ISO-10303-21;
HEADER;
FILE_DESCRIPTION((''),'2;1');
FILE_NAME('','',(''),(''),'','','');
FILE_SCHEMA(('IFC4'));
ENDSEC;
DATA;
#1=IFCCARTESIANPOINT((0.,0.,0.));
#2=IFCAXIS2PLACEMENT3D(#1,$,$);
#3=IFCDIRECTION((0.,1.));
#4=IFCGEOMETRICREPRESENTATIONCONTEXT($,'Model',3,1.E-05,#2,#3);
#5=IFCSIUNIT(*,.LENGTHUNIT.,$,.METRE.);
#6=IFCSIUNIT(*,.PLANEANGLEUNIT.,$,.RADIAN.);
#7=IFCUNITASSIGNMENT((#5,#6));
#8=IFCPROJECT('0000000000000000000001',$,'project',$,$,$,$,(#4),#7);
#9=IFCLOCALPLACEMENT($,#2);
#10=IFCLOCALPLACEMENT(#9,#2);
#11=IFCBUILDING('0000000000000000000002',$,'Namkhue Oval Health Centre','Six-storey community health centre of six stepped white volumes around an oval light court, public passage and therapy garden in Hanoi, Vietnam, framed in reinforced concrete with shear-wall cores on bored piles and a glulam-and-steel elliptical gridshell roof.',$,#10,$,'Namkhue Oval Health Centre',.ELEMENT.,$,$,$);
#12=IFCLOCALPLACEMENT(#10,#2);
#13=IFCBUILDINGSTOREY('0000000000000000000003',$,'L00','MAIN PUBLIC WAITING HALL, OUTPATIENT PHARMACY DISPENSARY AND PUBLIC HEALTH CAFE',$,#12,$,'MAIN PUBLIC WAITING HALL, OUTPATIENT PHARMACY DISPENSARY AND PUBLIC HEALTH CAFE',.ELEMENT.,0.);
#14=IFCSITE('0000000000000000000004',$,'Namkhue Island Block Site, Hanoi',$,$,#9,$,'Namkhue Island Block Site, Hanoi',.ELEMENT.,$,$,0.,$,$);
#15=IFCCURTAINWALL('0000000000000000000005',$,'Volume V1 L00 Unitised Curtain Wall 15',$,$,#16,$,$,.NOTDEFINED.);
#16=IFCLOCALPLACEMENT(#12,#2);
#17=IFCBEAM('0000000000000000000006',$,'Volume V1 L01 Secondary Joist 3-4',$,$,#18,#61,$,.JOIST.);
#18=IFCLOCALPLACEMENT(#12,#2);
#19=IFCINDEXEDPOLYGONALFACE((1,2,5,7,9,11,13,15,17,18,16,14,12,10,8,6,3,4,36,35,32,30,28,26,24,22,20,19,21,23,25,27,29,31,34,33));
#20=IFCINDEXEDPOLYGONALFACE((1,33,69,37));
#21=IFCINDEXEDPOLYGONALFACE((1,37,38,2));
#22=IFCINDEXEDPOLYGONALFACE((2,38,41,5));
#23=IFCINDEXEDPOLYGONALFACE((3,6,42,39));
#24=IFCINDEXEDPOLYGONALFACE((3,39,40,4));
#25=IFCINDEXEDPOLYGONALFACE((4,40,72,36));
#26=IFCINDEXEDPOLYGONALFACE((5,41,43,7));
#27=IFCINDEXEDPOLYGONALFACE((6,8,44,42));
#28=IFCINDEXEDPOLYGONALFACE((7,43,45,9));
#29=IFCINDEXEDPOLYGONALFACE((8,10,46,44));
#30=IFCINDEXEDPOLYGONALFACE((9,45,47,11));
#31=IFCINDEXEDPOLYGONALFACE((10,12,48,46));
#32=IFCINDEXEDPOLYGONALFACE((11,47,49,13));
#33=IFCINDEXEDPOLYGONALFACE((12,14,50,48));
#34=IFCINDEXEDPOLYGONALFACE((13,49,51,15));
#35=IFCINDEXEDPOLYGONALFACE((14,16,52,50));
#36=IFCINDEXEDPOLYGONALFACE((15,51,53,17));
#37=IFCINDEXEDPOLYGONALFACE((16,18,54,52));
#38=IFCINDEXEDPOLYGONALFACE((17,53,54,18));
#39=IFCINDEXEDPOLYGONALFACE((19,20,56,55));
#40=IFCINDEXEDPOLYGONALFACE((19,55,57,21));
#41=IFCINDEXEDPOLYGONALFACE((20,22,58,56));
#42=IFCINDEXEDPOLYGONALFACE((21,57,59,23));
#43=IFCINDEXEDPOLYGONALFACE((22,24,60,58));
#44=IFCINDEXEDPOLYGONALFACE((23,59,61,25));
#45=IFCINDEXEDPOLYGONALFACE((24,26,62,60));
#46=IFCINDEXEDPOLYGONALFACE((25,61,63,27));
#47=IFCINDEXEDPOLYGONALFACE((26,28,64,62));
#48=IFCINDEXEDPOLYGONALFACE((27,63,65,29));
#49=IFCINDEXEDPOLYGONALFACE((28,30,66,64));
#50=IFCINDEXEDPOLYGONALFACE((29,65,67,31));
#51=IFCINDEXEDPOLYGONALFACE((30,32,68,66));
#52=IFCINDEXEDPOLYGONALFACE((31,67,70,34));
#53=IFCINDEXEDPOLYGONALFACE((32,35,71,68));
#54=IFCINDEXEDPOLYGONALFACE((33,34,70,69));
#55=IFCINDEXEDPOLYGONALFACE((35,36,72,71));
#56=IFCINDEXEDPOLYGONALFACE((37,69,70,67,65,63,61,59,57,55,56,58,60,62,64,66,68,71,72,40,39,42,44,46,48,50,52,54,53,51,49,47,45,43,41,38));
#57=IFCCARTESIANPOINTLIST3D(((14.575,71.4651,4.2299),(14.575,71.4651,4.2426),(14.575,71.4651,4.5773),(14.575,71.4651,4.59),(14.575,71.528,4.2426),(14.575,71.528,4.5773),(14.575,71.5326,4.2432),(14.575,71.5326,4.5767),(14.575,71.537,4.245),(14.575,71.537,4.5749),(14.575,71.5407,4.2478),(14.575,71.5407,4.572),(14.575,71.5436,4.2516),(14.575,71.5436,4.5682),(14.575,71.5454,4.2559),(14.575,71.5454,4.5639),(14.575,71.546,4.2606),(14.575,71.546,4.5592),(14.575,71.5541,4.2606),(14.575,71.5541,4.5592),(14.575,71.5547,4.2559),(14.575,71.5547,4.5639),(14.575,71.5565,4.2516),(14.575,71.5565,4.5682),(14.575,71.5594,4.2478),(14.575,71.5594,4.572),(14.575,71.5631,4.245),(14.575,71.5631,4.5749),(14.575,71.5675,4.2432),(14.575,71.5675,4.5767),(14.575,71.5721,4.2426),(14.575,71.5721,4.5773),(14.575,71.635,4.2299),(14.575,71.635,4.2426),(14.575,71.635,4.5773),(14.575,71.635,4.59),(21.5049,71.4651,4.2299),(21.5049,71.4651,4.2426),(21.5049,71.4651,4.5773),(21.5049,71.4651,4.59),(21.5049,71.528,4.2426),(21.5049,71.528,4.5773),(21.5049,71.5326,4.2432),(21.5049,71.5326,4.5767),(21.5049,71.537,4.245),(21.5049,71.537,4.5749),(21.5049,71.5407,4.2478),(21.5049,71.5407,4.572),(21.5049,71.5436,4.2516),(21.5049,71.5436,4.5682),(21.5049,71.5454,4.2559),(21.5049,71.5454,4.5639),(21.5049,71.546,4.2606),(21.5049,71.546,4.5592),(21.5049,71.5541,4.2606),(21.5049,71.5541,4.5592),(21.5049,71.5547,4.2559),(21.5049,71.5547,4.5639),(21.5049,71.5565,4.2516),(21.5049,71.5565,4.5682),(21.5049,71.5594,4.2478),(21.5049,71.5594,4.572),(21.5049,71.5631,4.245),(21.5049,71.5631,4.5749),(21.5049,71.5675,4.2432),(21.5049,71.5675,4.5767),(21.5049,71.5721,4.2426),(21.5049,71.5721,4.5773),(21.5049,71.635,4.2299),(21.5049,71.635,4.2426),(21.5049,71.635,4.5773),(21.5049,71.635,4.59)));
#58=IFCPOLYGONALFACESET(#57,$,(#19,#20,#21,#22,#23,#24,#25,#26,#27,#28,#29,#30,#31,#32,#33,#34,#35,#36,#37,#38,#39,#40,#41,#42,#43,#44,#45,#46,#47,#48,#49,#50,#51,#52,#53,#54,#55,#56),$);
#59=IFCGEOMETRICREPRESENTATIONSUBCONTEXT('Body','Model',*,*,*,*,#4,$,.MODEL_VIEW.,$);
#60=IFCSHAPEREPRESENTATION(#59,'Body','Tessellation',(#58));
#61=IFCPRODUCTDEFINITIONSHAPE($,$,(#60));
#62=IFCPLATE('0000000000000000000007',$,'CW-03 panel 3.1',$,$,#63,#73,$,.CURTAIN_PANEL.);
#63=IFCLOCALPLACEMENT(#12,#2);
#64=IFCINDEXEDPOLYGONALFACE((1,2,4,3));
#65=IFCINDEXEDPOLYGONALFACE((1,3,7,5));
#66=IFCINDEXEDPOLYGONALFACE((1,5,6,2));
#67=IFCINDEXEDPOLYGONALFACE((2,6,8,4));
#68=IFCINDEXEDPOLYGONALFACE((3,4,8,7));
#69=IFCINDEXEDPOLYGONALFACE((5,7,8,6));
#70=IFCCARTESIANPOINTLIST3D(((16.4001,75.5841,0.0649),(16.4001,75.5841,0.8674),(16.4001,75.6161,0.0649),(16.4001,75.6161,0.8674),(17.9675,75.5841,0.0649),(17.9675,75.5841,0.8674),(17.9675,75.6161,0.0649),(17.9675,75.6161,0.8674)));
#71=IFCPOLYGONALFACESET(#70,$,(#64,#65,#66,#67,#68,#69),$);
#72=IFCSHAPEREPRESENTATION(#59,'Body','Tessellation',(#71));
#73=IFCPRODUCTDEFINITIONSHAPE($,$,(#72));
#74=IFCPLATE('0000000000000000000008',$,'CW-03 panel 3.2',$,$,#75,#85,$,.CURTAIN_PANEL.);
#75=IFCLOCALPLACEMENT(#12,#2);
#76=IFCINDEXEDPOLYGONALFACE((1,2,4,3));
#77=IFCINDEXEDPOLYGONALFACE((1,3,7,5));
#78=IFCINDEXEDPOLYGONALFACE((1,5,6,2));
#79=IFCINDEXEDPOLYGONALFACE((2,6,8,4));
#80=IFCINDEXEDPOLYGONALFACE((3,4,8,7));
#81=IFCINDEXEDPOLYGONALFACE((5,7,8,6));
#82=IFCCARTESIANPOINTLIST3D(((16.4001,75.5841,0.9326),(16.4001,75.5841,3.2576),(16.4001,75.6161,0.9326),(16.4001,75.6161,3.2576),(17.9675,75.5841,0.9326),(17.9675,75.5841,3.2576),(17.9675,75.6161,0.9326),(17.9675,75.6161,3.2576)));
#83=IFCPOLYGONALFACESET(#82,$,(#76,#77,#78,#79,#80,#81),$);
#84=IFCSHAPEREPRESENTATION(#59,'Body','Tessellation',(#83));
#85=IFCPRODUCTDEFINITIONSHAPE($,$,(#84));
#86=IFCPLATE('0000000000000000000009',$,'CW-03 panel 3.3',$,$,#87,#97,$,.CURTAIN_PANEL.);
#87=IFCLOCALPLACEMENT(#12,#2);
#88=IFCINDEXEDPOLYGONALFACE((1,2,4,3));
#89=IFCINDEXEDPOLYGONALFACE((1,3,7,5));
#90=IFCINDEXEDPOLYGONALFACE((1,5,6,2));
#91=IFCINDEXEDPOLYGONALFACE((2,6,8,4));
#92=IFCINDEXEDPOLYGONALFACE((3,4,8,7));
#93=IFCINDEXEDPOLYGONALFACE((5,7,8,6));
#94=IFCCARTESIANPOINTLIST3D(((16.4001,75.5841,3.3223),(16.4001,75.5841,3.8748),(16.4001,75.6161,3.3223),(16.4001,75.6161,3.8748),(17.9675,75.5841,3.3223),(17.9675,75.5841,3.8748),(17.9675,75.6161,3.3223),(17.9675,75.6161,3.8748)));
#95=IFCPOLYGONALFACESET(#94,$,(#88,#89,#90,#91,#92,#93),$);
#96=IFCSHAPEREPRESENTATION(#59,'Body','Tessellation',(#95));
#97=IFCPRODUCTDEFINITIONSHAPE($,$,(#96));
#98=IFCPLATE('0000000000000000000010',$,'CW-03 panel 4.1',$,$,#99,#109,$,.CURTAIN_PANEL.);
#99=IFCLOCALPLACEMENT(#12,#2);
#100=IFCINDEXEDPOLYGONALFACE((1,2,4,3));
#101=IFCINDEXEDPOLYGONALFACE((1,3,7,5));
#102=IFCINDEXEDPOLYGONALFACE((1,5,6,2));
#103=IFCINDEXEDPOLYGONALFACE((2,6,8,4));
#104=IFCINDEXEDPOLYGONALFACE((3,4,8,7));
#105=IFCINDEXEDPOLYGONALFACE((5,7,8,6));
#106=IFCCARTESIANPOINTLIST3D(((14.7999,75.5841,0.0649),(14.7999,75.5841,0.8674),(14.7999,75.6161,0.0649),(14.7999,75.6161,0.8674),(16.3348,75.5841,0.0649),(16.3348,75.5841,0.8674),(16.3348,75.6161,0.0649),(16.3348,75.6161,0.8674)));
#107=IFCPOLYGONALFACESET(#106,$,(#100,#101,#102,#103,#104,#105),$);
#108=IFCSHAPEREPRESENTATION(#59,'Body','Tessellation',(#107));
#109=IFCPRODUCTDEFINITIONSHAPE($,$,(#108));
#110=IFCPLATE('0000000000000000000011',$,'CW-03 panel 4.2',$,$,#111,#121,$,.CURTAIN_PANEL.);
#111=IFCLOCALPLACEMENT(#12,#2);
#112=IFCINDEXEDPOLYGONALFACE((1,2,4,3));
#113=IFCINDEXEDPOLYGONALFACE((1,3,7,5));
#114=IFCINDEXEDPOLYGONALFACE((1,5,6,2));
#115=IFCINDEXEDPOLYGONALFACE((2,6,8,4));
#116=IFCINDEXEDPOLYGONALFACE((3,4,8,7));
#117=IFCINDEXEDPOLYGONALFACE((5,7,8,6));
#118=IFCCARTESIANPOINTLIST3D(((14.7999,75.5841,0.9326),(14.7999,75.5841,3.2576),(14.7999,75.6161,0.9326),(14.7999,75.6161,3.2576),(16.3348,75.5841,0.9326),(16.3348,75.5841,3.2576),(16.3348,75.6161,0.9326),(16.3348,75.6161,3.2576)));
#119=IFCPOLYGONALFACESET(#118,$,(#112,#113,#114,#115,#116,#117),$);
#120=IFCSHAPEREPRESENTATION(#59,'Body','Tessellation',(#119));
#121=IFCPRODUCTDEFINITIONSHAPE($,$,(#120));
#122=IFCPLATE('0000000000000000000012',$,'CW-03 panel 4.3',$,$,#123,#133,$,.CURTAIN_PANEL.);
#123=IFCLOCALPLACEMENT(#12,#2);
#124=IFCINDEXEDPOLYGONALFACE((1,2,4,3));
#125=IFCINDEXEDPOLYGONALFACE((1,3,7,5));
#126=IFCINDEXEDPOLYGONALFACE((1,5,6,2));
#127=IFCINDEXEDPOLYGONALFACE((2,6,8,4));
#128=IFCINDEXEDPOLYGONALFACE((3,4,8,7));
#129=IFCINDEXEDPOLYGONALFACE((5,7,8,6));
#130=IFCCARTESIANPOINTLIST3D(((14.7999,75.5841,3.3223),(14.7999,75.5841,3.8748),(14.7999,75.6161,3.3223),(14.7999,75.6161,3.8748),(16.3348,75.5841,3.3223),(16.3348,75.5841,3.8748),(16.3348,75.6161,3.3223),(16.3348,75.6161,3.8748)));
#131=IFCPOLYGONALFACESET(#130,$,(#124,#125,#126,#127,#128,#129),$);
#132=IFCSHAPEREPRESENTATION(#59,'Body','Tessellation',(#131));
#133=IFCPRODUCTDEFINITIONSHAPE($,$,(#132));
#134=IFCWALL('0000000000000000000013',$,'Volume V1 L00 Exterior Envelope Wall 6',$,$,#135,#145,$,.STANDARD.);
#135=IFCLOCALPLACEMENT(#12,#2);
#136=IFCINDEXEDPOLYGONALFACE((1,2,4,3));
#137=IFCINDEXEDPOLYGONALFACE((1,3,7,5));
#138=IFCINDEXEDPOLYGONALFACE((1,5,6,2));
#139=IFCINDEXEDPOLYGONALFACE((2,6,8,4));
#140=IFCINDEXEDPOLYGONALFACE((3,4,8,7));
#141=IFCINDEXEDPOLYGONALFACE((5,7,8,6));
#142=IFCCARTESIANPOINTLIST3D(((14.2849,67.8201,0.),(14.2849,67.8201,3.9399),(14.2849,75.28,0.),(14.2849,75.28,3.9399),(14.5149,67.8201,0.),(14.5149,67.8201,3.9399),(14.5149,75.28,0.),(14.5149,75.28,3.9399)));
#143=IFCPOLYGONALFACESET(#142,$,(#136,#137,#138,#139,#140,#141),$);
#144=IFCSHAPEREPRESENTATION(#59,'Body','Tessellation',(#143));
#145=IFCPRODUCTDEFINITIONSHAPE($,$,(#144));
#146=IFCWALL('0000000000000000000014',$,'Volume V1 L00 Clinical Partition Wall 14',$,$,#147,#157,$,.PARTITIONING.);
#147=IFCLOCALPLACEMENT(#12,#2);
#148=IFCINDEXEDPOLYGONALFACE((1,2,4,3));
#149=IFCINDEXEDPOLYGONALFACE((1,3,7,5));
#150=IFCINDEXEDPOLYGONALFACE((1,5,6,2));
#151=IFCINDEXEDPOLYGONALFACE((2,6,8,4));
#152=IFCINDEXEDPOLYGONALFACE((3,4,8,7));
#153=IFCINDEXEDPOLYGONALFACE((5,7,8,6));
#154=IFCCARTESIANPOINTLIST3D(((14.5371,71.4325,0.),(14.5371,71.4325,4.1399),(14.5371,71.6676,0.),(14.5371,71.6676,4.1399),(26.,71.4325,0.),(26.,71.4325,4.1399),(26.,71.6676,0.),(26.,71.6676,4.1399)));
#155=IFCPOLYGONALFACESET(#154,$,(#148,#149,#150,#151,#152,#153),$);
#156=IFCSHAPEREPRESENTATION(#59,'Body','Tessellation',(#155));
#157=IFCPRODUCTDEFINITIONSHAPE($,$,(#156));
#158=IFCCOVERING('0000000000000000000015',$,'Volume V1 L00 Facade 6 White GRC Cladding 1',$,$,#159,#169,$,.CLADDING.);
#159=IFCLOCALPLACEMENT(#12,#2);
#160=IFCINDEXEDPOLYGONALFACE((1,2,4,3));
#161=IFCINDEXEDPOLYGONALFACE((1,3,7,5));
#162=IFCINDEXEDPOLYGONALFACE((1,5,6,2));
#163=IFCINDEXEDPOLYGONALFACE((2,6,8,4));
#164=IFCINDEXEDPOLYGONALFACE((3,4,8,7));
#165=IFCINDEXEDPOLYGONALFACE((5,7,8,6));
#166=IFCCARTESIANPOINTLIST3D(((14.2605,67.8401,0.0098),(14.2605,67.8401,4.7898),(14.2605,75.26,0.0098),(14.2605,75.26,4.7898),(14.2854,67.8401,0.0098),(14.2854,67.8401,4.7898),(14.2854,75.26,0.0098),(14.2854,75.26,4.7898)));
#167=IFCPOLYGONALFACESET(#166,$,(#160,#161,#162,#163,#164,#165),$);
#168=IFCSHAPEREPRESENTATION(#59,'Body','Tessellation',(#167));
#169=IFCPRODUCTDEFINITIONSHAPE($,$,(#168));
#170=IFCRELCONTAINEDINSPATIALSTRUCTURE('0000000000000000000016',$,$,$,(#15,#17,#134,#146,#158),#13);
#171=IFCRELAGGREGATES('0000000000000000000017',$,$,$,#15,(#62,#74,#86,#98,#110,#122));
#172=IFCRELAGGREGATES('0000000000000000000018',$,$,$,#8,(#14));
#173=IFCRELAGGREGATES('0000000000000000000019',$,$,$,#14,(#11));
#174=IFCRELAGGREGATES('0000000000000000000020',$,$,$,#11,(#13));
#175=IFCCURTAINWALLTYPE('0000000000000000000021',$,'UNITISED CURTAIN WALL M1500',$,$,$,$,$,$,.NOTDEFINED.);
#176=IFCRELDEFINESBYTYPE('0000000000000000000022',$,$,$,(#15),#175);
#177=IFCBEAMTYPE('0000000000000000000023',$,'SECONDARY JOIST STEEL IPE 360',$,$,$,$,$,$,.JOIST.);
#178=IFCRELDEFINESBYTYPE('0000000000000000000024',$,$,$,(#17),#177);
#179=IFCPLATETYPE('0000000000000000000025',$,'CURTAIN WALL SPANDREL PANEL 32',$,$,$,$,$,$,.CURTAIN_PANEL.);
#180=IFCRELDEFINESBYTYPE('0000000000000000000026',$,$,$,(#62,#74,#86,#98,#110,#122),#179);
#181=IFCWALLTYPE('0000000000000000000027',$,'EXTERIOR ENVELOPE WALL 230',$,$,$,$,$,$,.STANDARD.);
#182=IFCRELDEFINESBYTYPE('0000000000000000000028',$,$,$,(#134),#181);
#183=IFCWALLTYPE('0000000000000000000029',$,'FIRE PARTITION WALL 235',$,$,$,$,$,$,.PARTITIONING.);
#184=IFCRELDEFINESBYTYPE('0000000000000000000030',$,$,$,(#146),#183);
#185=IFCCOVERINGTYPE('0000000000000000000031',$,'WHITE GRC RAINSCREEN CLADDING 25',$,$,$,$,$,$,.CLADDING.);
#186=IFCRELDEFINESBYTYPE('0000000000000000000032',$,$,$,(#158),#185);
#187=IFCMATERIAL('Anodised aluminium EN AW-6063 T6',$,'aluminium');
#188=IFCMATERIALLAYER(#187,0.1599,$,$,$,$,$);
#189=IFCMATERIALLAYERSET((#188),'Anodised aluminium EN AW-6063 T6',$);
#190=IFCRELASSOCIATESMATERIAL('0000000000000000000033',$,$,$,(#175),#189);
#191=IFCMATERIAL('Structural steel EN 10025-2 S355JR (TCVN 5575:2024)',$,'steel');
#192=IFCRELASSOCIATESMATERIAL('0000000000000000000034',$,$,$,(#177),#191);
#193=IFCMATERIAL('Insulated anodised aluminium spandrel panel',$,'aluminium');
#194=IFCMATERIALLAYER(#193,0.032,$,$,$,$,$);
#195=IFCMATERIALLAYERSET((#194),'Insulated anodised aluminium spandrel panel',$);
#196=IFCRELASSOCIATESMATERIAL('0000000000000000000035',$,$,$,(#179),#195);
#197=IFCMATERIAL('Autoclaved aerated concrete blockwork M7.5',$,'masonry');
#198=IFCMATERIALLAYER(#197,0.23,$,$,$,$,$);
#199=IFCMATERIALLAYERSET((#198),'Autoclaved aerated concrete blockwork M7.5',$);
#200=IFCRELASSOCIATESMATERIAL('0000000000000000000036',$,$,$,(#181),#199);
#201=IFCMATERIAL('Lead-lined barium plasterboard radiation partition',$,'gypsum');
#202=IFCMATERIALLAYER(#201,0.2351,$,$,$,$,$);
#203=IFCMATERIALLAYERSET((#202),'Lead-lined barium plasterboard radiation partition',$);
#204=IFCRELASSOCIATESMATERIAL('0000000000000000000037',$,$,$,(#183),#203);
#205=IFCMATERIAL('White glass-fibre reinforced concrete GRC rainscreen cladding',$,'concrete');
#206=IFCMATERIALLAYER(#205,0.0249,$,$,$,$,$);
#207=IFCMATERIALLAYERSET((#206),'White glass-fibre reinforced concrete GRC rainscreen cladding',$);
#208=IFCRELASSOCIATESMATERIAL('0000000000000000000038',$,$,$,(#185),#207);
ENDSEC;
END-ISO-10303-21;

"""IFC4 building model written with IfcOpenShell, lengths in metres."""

from ifc_helpers import new_model, si_unit, direction, frame, frame_2d, origin, origin_2d, place, context, subcontext, project, spatial, rectangle, i_section, extrude, material, layer, layer_set, material_profile, profile_set, type_object, element, aggregate, save


model = new_model("IFC4")

# Units and contexts
model_context = context("Model", 3, precision=1e-05, world=origin(), true_north=direction((0.0, 1.0)))
body_context = subcontext(model_context, "Body", "Model", "MODEL_VIEW")
ifc_project = project(units=[si_unit("LENGTHUNIT", "METRE"), si_unit("PLANEANGLEUNIT", "RADIAN")], contexts=[model_context])

# Site, building, storey
site_placement = place(None, origin())
site = spatial("IfcSite", under=ifc_project, at=site_placement, Name="Namkhue Island Block Site, Hanoi", LongName="Namkhue Island Block Site, Hanoi", CompositionType="ELEMENT", RefElevation=0.0)
building_placement = place(site_placement, origin())
building = spatial("IfcBuilding", under=site, at=building_placement, Name="Namkhue Oval Health Centre", Description="Six-storey community health centre of six stepped white volumes around an oval light court, public passage and therapy garden in Hanoi, Vietnam, framed in reinforced concrete with shear-wall cores on bored piles and a glulam-and-steel elliptical gridshell roof.", LongName="Namkhue Oval Health Centre", CompositionType="ELEMENT")
storey_placement = place(building_placement, origin())
storey = spatial("IfcBuildingStorey", under=building, at=storey_placement, Name="L00", Description="MAIN PUBLIC WAITING HALL, OUTPATIENT PHARMACY DISPENSARY AND PUBLIC HEALTH CAFE", LongName="MAIN PUBLIC WAITING HALL, OUTPATIENT PHARMACY DISPENSARY AND PUBLIC HEALTH CAFE", CompositionType="ELEMENT", Elevation=0.0)

# Curtain wall
ifc_material_1 = material(Name="Anodised aluminium EN AW-6063 T6", Category="aluminium")
ifc_layer_1 = layer(ifc_material_1, 0.1599)
ifc_layer_set_1 = layer_set([ifc_layer_1], Name="Anodised aluminium EN AW-6063 T6")
curtain_wall_type = type_object("IfcCurtainWallType", Name="UNITISED CURTAIN WALL M1500", PredefinedType="NOTDEFINED", material=ifc_layer_set_1)
curtain_wall_placement = place(storey_placement, origin())
curtain_wall = element("IfcCurtainWall", 1, at=curtain_wall_placement, inside=storey, type_object=curtain_wall_type, Name="Volume V1 L00 Unitised Curtain Wall 15", PredefinedType="NOTDEFINED")

# Beam
ifc_material_2 = material(Name="Structural steel EN 10025-2 S355JR (TCVN 5575:2024)", Category="steel")
ifc_material_profile_1 = material_profile(ifc_material_2, i_section(OverallWidth=0.1699, OverallDepth=0.3601, WebThickness=0.0081, FlangeThickness=0.0127, FilletRadius=0.0181, at=origin_2d()), Name="IPE 360")
ifc_profile_set_1 = profile_set([ifc_material_profile_1], Name="Structural steel EN 10025-2 S355JR (TCVN 5575:2024)")
beam_type_1 = type_object("IfcBeamType", Name="SECONDARY JOIST STEEL IPE 360", PredefinedType="JOIST", material=ifc_profile_set_1)
beam_1_placement = place(storey_placement, frame((14.575, 71.55, 4.4099), z_axis=(1.0, 0.0, 0.0), x_axis=(0.0, 1.0, 0.0)))
element("IfcBeam", 2, at=beam_1_placement, inside=storey, type_object=beam_type_1, Name="Volume V1 L01 Secondary Joist 3-4", PredefinedType="JOIST", context=body_context, shape_type="SweptSolid", body=[
    extrude(i_section(OverallWidth=0.1699, OverallDepth=0.3601, WebThickness=0.0081, FlangeThickness=0.0127, FilletRadius=0.0181, at=origin_2d()), origin(), (0.0, 0.0, 1.0), 6.9299),
])

# Plates
ifc_material_3 = material(Name="Insulated anodised aluminium spandrel panel", Category="aluminium")
ifc_layer_2 = layer(ifc_material_3, 0.032)
ifc_layer_set_2 = layer_set([ifc_layer_2], Name="Insulated anodised aluminium spandrel panel")
plate_type = type_object("IfcPlateType", Name="CURTAIN WALL SPANDREL PANEL 32", PredefinedType="CURTAIN_PANEL", material=ifc_layer_set_2)
plate_1_placement = place(storey_placement, frame((17.1838, 75.6001, 0.0649), z_axis=(0.0, 0.0, 1.0), x_axis=(-1.0, 0.0, 0.0)))
plate_1 = element("IfcPlate", 3, at=plate_1_placement, type_object=plate_type, Name="CW-03 panel 3.1", PredefinedType="CURTAIN_PANEL", context=body_context, shape_type="SweptSolid", body=[
    extrude(rectangle(XDim=1.5674, YDim=0.032, at=origin_2d()), origin(), (0.0, 0.0, 1.0), 0.8025),
])
plate_2_placement = place(storey_placement, frame((17.1838, 75.6001, 0.9326), z_axis=(0.0, 0.0, 1.0), x_axis=(-1.0, 0.0, 0.0)))
plate_2 = element("IfcPlate", 4, at=plate_2_placement, type_object=plate_type, Name="CW-03 panel 3.2", PredefinedType="CURTAIN_PANEL", context=body_context, shape_type="SweptSolid", body=[
    extrude(rectangle(XDim=1.5674, YDim=0.032, at=origin_2d()), origin(), (0.0, 0.0, 1.0), 2.325),
])
plate_3_placement = place(storey_placement, frame((17.1838, 75.6001, 3.3223), z_axis=(0.0, 0.0, 1.0), x_axis=(-1.0, 0.0, 0.0)))
plate_3 = element("IfcPlate", 5, at=plate_3_placement, type_object=plate_type, Name="CW-03 panel 3.3", PredefinedType="CURTAIN_PANEL", context=body_context, shape_type="SweptSolid", body=[
    extrude(rectangle(XDim=1.5674, YDim=0.032, at=origin_2d()), origin(), (0.0, 0.0, 1.0), 0.5525),
])
plate_4_placement = place(storey_placement, frame((15.5674, 75.6001, 0.0649), z_axis=(0.0, 0.0, 1.0), x_axis=(-1.0, 0.0, 0.0)))
plate_4 = element("IfcPlate", 6, at=plate_4_placement, type_object=plate_type, Name="CW-03 panel 4.1", PredefinedType="CURTAIN_PANEL", context=body_context, shape_type="SweptSolid", body=[
    extrude(rectangle(XDim=1.5349, YDim=0.032, at=origin_2d()), origin(), (0.0, 0.0, 1.0), 0.8025),
])
plate_5_placement = place(storey_placement, frame((15.5674, 75.6001, 0.9326), z_axis=(0.0, 0.0, 1.0), x_axis=(-1.0, 0.0, 0.0)))
plate_5 = element("IfcPlate", 7, at=plate_5_placement, type_object=plate_type, Name="CW-03 panel 4.2", PredefinedType="CURTAIN_PANEL", context=body_context, shape_type="SweptSolid", body=[
    extrude(rectangle(XDim=1.5349, YDim=0.032, at=origin_2d()), origin(), (0.0, 0.0, 1.0), 2.325),
])
plate_6_placement = place(storey_placement, frame((15.5674, 75.6001, 3.3223), z_axis=(0.0, 0.0, 1.0), x_axis=(-1.0, 0.0, 0.0)))
plate_6 = element("IfcPlate", 8, at=plate_6_placement, type_object=plate_type, Name="CW-03 panel 4.3", PredefinedType="CURTAIN_PANEL", context=body_context, shape_type="SweptSolid", body=[
    extrude(rectangle(XDim=1.5349, YDim=0.032, at=origin_2d()), origin(), (0.0, 0.0, 1.0), 0.5525),
])
aggregate(curtain_wall, [plate_1, plate_2, plate_3, plate_4, plate_5, plate_6])

# Walls
ifc_material_4 = material(Name="Autoclaved aerated concrete blockwork M7.5", Category="masonry")
ifc_layer_3 = layer(ifc_material_4, 0.23)
ifc_layer_set_3 = layer_set([ifc_layer_3], Name="Autoclaved aerated concrete blockwork M7.5")
wall_type_1 = type_object("IfcWallType", Name="EXTERIOR ENVELOPE WALL 230", PredefinedType="STANDARD", material=ifc_layer_set_3)
wall_1_placement = place(storey_placement, frame((14.3999, 75.28, 0.0), z_axis=(0.0, 0.0, 1.0), x_axis=(0.0, -1.0, 0.0)))
element("IfcWall", 9, at=wall_1_placement, inside=storey, type_object=wall_type_1, Name="Volume V1 L00 Exterior Envelope Wall 6", PredefinedType="STANDARD", context=body_context, shape_type="SweptSolid", body=[
    extrude(rectangle(XDim=7.46, YDim=0.23, at=frame_2d((3.73, 0.0))), origin(), (0.0, 0.0, 1.0), 3.9399),
])
ifc_material_5 = material(Name="Lead-lined barium plasterboard radiation partition", Category="gypsum")
ifc_layer_4 = layer(ifc_material_5, 0.2351)
ifc_layer_set_4 = layer_set([ifc_layer_4], Name="Lead-lined barium plasterboard radiation partition")
wall_type_2 = type_object("IfcWallType", Name="FIRE PARTITION WALL 235", PredefinedType="PARTITIONING", material=ifc_layer_set_4)
wall_2_placement = place(storey_placement, frame((14.5371, 71.55, 0.0), z_axis=(0.0, 0.0, 1.0), x_axis=(1.0, 0.0, 0.0)))
element("IfcWall", 10, at=wall_2_placement, inside=storey, type_object=wall_type_2, Name="Volume V1 L00 Clinical Partition Wall 14", PredefinedType="PARTITIONING", context=body_context, shape_type="SweptSolid", body=[
    extrude(rectangle(XDim=11.4629, YDim=0.2351, at=frame_2d((5.7314, 0.0))), origin(), (0.0, 0.0, 1.0), 4.1399),
])

# Covering
ifc_material_6 = material(Name="White glass-fibre reinforced concrete GRC rainscreen cladding", Category="concrete")
ifc_layer_5 = layer(ifc_material_6, 0.0249)
ifc_layer_set_5 = layer_set([ifc_layer_5], Name="White glass-fibre reinforced concrete GRC rainscreen cladding")
covering_type = type_object("IfcCoveringType", Name="WHITE GRC RAINSCREEN CLADDING 25", PredefinedType="CLADDING", material=ifc_layer_set_5)
covering_placement = place(storey_placement, frame((14.2729, 71.55, 0.0098), z_axis=(0.0, 0.0, 1.0), x_axis=(0.0, -1.0, 0.0)))
element("IfcCovering", 11, at=covering_placement, inside=storey, type_object=covering_type, Name="Volume V1 L00 Facade 6 White GRC Cladding 1", PredefinedType="CLADDING", context=body_context, shape_type="SweptSolid", body=[
    extrude(rectangle(XDim=7.4199, YDim=0.0249, at=origin_2d()), origin(), (0.0, 0.0, 1.0), 4.78),
])

save(model, "model.ifc")
